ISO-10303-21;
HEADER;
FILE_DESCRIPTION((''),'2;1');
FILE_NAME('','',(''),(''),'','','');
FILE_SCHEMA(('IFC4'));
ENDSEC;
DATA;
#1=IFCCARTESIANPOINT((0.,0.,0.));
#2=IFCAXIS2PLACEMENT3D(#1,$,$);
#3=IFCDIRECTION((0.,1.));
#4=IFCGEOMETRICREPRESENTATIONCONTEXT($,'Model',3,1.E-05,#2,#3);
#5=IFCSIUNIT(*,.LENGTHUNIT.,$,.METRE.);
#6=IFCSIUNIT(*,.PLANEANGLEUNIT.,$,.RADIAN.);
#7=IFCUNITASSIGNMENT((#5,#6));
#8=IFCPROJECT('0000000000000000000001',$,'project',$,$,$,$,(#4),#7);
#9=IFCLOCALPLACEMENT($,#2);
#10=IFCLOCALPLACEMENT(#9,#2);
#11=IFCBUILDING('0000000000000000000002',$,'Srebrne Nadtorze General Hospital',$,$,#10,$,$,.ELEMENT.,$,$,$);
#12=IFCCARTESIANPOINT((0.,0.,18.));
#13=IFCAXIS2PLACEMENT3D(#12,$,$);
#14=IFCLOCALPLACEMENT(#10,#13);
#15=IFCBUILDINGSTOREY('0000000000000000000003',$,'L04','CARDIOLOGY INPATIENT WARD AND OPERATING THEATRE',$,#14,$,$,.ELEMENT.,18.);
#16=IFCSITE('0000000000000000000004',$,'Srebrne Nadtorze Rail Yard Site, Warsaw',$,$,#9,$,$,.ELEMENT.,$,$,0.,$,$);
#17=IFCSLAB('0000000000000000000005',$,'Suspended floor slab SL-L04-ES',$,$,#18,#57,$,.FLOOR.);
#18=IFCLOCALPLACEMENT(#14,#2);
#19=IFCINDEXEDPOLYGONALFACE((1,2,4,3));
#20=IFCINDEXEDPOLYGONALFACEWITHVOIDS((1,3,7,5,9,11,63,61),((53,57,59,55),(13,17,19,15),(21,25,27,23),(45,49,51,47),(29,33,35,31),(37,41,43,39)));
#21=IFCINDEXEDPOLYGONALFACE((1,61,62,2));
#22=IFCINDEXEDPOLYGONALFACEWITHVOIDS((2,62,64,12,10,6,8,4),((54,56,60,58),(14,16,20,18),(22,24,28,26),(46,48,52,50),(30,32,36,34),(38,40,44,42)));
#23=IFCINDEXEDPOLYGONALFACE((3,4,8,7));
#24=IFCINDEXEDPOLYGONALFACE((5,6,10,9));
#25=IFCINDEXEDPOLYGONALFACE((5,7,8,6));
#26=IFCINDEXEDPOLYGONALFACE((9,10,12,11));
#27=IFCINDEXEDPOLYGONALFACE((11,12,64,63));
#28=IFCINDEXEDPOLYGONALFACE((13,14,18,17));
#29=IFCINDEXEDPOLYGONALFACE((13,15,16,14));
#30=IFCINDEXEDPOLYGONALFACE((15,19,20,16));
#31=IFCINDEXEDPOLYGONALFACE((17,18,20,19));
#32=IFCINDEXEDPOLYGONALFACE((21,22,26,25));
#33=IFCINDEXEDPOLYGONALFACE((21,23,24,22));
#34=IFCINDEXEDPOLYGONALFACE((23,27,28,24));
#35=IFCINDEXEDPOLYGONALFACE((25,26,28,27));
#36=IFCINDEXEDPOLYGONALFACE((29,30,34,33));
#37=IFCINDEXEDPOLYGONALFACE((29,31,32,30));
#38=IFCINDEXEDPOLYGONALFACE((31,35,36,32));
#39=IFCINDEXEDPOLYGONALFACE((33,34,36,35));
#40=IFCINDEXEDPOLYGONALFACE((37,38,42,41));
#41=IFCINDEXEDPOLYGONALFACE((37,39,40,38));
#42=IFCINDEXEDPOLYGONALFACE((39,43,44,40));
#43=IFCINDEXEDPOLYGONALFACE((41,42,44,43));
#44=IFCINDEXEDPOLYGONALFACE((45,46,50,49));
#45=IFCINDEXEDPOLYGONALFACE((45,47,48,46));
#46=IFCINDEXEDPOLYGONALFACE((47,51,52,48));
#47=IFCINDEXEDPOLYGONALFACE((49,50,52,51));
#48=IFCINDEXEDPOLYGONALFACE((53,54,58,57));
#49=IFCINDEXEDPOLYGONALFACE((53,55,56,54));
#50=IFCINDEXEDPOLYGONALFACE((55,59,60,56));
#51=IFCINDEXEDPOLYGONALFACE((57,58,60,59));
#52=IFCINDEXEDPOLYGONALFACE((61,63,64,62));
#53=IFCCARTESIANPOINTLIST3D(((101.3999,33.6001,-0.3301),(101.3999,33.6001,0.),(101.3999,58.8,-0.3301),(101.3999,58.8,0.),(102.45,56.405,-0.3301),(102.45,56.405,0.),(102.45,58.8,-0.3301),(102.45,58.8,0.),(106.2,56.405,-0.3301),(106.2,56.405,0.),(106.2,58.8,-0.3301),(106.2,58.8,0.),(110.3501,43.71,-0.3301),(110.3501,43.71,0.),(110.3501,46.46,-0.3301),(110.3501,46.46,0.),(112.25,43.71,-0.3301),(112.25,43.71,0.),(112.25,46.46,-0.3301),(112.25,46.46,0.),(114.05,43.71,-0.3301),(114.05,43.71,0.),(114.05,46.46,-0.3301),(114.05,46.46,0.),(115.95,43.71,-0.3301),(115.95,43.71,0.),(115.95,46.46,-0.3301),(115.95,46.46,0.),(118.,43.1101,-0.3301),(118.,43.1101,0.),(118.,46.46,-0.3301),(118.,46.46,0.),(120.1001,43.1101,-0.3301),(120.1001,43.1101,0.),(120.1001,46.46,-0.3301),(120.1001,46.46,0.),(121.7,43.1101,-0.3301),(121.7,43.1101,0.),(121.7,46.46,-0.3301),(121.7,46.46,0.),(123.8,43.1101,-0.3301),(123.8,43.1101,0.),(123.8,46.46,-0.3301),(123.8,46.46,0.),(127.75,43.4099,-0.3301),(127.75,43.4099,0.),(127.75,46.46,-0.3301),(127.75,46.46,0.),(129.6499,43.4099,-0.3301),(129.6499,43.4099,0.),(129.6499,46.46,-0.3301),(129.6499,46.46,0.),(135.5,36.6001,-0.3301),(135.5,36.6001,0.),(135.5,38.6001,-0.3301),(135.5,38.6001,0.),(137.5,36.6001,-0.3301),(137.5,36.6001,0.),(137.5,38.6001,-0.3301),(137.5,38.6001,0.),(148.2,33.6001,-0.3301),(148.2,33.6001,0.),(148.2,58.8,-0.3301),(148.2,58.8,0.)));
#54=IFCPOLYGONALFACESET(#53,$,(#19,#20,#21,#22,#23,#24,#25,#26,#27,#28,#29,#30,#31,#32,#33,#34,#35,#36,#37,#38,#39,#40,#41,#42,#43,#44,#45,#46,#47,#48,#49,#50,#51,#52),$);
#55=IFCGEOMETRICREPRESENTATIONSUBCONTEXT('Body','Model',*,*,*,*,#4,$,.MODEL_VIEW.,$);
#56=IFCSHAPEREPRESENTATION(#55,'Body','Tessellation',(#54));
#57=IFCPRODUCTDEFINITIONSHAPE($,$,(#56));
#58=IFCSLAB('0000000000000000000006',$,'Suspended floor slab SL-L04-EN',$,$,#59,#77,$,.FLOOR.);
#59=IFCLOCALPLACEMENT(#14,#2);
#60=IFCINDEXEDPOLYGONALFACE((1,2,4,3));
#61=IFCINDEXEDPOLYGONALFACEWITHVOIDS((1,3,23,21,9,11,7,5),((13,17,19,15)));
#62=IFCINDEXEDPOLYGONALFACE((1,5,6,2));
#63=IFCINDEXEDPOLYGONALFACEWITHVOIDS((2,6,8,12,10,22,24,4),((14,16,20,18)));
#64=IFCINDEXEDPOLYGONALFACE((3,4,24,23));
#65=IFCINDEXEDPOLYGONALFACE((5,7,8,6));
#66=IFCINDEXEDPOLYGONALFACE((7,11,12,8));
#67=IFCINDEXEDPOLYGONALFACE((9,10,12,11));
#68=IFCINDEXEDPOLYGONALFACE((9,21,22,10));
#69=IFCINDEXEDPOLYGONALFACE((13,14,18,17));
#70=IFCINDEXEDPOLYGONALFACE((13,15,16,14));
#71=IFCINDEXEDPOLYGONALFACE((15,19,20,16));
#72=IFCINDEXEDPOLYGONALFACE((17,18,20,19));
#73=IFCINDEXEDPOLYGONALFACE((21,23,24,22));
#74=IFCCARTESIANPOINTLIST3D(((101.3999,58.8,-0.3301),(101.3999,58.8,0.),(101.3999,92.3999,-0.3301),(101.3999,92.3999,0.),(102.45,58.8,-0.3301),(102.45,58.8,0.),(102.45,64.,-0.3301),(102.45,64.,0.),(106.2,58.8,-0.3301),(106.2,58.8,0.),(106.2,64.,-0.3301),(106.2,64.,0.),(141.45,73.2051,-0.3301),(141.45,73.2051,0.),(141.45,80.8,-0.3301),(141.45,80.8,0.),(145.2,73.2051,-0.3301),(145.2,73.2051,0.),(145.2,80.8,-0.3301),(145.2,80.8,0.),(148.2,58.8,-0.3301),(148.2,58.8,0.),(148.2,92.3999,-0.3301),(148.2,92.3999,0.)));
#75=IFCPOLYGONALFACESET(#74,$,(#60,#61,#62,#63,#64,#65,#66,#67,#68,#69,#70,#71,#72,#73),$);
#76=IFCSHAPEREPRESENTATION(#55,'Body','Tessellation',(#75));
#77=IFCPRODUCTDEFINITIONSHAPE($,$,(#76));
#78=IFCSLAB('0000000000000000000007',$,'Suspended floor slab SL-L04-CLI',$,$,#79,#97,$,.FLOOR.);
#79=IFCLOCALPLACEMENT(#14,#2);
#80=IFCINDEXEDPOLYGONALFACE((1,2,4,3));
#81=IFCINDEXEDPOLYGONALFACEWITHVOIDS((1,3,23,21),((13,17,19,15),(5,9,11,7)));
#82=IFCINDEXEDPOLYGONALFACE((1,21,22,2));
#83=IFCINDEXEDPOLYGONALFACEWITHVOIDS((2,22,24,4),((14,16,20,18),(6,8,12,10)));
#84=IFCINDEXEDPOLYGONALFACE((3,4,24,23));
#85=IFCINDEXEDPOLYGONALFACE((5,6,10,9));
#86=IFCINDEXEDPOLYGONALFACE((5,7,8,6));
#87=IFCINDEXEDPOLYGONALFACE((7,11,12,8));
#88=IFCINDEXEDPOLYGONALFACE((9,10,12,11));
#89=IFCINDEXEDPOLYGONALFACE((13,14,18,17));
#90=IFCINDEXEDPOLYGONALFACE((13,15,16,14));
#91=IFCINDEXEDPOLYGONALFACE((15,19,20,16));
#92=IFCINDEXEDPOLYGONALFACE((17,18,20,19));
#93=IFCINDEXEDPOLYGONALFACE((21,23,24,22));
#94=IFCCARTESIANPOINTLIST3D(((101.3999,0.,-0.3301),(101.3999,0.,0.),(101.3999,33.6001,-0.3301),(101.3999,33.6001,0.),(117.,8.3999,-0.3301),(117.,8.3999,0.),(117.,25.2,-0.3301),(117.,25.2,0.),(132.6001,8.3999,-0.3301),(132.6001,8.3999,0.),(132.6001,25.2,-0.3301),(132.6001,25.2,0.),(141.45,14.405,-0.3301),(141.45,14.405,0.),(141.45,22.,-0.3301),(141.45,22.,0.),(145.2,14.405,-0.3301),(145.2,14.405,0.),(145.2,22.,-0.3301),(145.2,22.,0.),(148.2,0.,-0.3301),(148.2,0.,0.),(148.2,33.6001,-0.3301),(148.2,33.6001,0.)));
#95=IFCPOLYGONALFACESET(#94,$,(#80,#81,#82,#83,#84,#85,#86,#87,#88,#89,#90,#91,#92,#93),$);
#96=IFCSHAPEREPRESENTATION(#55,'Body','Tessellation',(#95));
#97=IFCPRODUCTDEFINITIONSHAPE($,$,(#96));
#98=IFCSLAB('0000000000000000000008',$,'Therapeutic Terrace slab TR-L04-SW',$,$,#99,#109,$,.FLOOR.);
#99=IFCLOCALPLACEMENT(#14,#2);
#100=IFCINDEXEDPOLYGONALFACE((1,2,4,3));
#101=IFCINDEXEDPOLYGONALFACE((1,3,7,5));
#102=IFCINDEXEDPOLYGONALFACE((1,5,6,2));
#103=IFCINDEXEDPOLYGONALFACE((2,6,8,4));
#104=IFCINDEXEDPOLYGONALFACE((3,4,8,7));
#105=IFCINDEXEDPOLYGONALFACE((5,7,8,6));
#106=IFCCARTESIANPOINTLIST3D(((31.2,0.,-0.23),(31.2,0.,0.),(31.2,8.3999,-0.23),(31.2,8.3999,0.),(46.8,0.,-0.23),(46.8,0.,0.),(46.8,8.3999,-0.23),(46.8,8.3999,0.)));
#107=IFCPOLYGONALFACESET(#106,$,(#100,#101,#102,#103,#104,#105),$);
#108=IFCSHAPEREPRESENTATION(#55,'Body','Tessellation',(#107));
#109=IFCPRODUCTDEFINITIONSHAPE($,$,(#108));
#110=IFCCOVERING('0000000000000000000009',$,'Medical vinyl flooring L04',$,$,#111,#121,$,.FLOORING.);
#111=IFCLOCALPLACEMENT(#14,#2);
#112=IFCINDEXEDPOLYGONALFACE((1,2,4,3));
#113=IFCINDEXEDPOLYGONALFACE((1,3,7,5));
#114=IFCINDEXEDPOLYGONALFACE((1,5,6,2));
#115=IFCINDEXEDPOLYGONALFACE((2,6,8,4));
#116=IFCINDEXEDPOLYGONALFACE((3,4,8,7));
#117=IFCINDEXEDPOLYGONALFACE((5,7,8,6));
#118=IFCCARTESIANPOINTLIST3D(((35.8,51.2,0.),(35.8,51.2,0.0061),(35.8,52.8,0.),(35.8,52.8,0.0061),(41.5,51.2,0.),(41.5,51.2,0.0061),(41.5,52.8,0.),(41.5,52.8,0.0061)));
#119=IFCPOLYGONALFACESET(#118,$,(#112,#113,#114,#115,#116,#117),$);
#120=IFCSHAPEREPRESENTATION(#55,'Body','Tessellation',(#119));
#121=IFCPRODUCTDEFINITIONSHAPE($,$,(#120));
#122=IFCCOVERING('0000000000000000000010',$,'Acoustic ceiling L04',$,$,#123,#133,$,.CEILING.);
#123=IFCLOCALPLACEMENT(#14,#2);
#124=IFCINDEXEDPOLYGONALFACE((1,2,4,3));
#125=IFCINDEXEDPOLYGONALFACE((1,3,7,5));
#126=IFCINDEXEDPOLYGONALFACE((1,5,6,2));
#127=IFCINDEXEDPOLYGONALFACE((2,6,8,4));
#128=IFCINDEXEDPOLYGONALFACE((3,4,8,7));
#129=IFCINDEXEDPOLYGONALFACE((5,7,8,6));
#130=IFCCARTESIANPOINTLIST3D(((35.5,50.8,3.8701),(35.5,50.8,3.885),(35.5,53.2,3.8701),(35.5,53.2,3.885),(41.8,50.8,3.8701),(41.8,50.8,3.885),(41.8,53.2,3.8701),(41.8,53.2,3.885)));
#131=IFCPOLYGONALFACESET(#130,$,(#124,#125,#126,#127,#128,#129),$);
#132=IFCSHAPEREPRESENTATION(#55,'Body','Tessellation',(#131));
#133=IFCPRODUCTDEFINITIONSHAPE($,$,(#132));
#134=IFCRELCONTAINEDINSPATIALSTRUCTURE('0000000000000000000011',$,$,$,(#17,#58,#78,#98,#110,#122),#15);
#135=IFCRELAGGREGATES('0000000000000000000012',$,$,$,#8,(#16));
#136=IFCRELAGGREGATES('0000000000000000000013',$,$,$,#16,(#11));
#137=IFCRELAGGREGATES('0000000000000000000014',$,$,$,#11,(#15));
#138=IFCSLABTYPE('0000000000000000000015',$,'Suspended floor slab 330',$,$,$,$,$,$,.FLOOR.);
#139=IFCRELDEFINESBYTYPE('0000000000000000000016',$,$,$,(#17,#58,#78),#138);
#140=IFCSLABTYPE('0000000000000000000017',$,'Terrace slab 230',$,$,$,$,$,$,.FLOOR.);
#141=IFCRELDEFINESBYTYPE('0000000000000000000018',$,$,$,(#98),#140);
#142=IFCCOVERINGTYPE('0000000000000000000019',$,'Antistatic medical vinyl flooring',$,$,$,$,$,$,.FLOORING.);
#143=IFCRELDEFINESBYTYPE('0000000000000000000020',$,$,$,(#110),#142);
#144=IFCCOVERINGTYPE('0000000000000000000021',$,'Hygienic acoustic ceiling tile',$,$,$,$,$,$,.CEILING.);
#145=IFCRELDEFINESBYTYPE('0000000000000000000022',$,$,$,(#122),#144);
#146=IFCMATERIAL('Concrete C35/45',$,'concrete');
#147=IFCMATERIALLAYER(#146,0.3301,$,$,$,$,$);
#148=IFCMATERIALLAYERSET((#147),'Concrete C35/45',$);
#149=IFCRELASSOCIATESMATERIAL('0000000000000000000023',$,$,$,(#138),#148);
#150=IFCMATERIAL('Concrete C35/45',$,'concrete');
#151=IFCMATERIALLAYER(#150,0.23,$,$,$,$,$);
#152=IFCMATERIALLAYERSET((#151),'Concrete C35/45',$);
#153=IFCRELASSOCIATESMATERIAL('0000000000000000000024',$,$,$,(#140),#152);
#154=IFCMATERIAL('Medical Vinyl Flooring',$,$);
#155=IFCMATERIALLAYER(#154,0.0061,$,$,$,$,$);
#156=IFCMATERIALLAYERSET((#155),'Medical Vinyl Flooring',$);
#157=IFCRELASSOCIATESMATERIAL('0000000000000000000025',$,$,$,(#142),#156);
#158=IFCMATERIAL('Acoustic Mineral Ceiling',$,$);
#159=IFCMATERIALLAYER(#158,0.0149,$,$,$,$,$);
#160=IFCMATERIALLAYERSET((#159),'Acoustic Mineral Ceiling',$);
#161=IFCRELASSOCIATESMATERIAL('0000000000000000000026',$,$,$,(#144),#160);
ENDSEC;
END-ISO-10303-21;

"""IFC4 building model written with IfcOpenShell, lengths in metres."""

from ifc_helpers import new_model, si_unit, direction, frame, origin, place, context, subcontext, project, spatial, polyline, outline, extrude, material, layer, layer_set, type_object, element, save


model = new_model("IFC4")

# Units and contexts
model_context = context("Model", 3, precision=1e-05, world=origin(), true_north=direction((0.0, 1.0)))
body_context = subcontext(model_context, "Body", "Model", "MODEL_VIEW")
ifc_project = project(units=[si_unit("LENGTHUNIT", "METRE"), si_unit("PLANEANGLEUNIT", "RADIAN")], contexts=[model_context])

# Site, building, storey
site_placement = place(None, origin())
site = spatial("IfcSite", under=ifc_project, at=site_placement, Name="Srebrne Nadtorze Rail Yard Site, Warsaw", CompositionType="ELEMENT", RefElevation=0.0)
building_placement = place(site_placement, origin())
building = spatial("IfcBuilding", under=site, at=building_placement, Name="Srebrne Nadtorze General Hospital", CompositionType="ELEMENT")
storey_placement = place(building_placement, frame((0.0, 0.0, 18.0)))
storey = spatial("IfcBuildingStorey", under=building, at=storey_placement, Name="L04", Description="CARDIOLOGY INPATIENT WARD AND OPERATING THEATRE", CompositionType="ELEMENT", Elevation=18.0)

# Slabs
ifc_material_1 = material(Name="Concrete C35/45", Category="concrete")
ifc_layer_1 = layer(ifc_material_1, 0.3301)
ifc_layer_set_1 = layer_set([ifc_layer_1], Name="Concrete C35/45")
slab_type_1 = type_object("IfcSlabType", Name="Suspended floor slab 330", PredefinedType="FLOOR", material=ifc_layer_set_1)
slab_1_placement = place(storey_placement, frame((0.0, 0.0, -0.3301)))
element("IfcSlab", 1, at=slab_1_placement, inside=storey, type_object=slab_type_1, Name="Suspended floor slab SL-L04-ES", PredefinedType="FLOOR", context=body_context, shape_type="SweptSolid", body=[
    extrude(outline(polyline([(106.2, 58.8), (106.2, 56.405), (102.45, 56.405), (102.45, 58.8), (101.3999, 58.8), (101.3999, 33.6001), (148.2, 33.6001), (148.2, 58.8), (106.2, 58.8)]), holes=[polyline([(135.5, 36.6001), (135.5, 38.6001), (137.5, 38.6001), (137.5, 36.6001), (135.5, 36.6001)]), polyline([(118.0, 43.1101), (118.0, 46.46), (120.1001, 46.46), (120.1001, 43.1101), (118.0, 43.1101)]), polyline([(123.8, 43.1101), (121.7, 43.1101), (121.7, 46.46), (123.8, 46.46), (123.8, 43.1101)]), polyline([(127.75, 43.4099), (127.75, 46.46), (129.6499, 46.46), (129.6499, 43.4099), (127.75, 43.4099)]), polyline([(110.3501, 43.71), (110.3501, 46.46), (112.25, 46.46), (112.25, 43.71), (110.3501, 43.71)]), polyline([(115.95, 43.71), (114.05, 43.71), (114.05, 46.46), (115.95, 46.46), (115.95, 43.71)])]), origin(), (0.0, 0.0, 1.0), 0.3301),
])
slab_2_placement = place(storey_placement, frame((0.0, 0.0, -0.3301)))
element("IfcSlab", 2, at=slab_2_placement, inside=storey, type_object=slab_type_1, Name="Suspended floor slab SL-L04-EN", PredefinedType="FLOOR", context=body_context, shape_type="SweptSolid", body=[
    extrude(outline(polyline([(102.45, 58.8), (102.45, 64.0), (106.2, 64.0), (106.2, 58.8), (148.2, 58.8), (148.2, 92.3999), (101.3999, 92.3999), (101.3999, 58.8), (102.45, 58.8)]), holes=[polyline([(141.45, 73.2051), (141.45, 80.8), (145.2, 80.8), (145.2, 73.2051), (141.45, 73.2051)])]), origin(), (0.0, 0.0, 1.0), 0.3301),
])
slab_3_placement = place(storey_placement, frame((0.0, 0.0, -0.3301)))
element("IfcSlab", 3, at=slab_3_placement, inside=storey, type_object=slab_type_1, Name="Suspended floor slab SL-L04-CLI", PredefinedType="FLOOR", context=body_context, shape_type="SweptSolid", body=[
    extrude(outline(polyline([(148.2, 0.0), (148.2, 33.6001), (101.3999, 33.6001), (101.3999, 0.0), (148.2, 0.0)]), holes=[polyline([(132.6001, 8.3999), (117.0, 8.3999), (117.0, 25.2), (132.6001, 25.2), (132.6001, 8.3999)]), polyline([(145.2, 14.405), (141.45, 14.405), (141.45, 22.0), (145.2, 22.0), (145.2, 14.405)])]), origin(), (0.0, 0.0, 1.0), 0.3301),
])
ifc_material_2 = material(Name="Concrete C35/45", Category="concrete")
ifc_layer_2 = layer(ifc_material_2, 0.23)
ifc_layer_set_2 = layer_set([ifc_layer_2], Name="Concrete C35/45")
slab_type_2 = type_object("IfcSlabType", Name="Terrace slab 230", PredefinedType="FLOOR", material=ifc_layer_set_2)
slab_4_placement = place(storey_placement, frame((0.0, 0.0, -0.23)))
element("IfcSlab", 4, at=slab_4_placement, inside=storey, type_object=slab_type_2, Name="Therapeutic Terrace slab TR-L04-SW", PredefinedType="FLOOR", context=body_context, shape_type="SweptSolid", body=[
    extrude(outline(polyline([(31.2, 0.0), (46.8, 0.0), (46.8, 8.3999), (31.2, 8.3999), (31.2, 0.0)])), origin(), (0.0, 0.0, 1.0), 0.23),
])

# Coverings
ifc_material_3 = material(Name="Medical Vinyl Flooring")
ifc_layer_3 = layer(ifc_material_3, 0.0061)
ifc_layer_set_3 = layer_set([ifc_layer_3], Name="Medical Vinyl Flooring")
covering_type_1 = type_object("IfcCoveringType", Name="Antistatic medical vinyl flooring", PredefinedType="FLOORING", material=ifc_layer_set_3)
covering_1_placement = place(storey_placement, origin())
element("IfcCovering", 5, at=covering_1_placement, inside=storey, type_object=covering_type_1, Name="Medical vinyl flooring L04", PredefinedType="FLOORING", context=body_context, shape_type="SweptSolid", body=[
    extrude(outline(polyline([(35.8, 51.2), (41.5, 51.2), (41.5, 52.8), (35.8, 52.8), (35.8, 51.2)])), origin(), (0.0, 0.0, 1.0), 0.0061),
])
ifc_material_4 = material(Name="Acoustic Mineral Ceiling")
ifc_layer_4 = layer(ifc_material_4, 0.0149)
ifc_layer_set_4 = layer_set([ifc_layer_4], Name="Acoustic Mineral Ceiling")
covering_type_2 = type_object("IfcCoveringType", Name="Hygienic acoustic ceiling tile", PredefinedType="CEILING", material=ifc_layer_set_4)
covering_2_placement = place(storey_placement, frame((0.0, 0.0, 3.8701)))
element("IfcCovering", 6, at=covering_2_placement, inside=storey, type_object=covering_type_2, Name="Acoustic ceiling L04", PredefinedType="CEILING", context=body_context, shape_type="SweptSolid", body=[
    extrude(outline(polyline([(35.5, 50.8), (41.8, 50.8), (41.8, 53.2), (35.5, 53.2), (35.5, 50.8)])), origin(), (0.0, 0.0, 1.0), 0.0149),
])

save(model, "model.ifc")
